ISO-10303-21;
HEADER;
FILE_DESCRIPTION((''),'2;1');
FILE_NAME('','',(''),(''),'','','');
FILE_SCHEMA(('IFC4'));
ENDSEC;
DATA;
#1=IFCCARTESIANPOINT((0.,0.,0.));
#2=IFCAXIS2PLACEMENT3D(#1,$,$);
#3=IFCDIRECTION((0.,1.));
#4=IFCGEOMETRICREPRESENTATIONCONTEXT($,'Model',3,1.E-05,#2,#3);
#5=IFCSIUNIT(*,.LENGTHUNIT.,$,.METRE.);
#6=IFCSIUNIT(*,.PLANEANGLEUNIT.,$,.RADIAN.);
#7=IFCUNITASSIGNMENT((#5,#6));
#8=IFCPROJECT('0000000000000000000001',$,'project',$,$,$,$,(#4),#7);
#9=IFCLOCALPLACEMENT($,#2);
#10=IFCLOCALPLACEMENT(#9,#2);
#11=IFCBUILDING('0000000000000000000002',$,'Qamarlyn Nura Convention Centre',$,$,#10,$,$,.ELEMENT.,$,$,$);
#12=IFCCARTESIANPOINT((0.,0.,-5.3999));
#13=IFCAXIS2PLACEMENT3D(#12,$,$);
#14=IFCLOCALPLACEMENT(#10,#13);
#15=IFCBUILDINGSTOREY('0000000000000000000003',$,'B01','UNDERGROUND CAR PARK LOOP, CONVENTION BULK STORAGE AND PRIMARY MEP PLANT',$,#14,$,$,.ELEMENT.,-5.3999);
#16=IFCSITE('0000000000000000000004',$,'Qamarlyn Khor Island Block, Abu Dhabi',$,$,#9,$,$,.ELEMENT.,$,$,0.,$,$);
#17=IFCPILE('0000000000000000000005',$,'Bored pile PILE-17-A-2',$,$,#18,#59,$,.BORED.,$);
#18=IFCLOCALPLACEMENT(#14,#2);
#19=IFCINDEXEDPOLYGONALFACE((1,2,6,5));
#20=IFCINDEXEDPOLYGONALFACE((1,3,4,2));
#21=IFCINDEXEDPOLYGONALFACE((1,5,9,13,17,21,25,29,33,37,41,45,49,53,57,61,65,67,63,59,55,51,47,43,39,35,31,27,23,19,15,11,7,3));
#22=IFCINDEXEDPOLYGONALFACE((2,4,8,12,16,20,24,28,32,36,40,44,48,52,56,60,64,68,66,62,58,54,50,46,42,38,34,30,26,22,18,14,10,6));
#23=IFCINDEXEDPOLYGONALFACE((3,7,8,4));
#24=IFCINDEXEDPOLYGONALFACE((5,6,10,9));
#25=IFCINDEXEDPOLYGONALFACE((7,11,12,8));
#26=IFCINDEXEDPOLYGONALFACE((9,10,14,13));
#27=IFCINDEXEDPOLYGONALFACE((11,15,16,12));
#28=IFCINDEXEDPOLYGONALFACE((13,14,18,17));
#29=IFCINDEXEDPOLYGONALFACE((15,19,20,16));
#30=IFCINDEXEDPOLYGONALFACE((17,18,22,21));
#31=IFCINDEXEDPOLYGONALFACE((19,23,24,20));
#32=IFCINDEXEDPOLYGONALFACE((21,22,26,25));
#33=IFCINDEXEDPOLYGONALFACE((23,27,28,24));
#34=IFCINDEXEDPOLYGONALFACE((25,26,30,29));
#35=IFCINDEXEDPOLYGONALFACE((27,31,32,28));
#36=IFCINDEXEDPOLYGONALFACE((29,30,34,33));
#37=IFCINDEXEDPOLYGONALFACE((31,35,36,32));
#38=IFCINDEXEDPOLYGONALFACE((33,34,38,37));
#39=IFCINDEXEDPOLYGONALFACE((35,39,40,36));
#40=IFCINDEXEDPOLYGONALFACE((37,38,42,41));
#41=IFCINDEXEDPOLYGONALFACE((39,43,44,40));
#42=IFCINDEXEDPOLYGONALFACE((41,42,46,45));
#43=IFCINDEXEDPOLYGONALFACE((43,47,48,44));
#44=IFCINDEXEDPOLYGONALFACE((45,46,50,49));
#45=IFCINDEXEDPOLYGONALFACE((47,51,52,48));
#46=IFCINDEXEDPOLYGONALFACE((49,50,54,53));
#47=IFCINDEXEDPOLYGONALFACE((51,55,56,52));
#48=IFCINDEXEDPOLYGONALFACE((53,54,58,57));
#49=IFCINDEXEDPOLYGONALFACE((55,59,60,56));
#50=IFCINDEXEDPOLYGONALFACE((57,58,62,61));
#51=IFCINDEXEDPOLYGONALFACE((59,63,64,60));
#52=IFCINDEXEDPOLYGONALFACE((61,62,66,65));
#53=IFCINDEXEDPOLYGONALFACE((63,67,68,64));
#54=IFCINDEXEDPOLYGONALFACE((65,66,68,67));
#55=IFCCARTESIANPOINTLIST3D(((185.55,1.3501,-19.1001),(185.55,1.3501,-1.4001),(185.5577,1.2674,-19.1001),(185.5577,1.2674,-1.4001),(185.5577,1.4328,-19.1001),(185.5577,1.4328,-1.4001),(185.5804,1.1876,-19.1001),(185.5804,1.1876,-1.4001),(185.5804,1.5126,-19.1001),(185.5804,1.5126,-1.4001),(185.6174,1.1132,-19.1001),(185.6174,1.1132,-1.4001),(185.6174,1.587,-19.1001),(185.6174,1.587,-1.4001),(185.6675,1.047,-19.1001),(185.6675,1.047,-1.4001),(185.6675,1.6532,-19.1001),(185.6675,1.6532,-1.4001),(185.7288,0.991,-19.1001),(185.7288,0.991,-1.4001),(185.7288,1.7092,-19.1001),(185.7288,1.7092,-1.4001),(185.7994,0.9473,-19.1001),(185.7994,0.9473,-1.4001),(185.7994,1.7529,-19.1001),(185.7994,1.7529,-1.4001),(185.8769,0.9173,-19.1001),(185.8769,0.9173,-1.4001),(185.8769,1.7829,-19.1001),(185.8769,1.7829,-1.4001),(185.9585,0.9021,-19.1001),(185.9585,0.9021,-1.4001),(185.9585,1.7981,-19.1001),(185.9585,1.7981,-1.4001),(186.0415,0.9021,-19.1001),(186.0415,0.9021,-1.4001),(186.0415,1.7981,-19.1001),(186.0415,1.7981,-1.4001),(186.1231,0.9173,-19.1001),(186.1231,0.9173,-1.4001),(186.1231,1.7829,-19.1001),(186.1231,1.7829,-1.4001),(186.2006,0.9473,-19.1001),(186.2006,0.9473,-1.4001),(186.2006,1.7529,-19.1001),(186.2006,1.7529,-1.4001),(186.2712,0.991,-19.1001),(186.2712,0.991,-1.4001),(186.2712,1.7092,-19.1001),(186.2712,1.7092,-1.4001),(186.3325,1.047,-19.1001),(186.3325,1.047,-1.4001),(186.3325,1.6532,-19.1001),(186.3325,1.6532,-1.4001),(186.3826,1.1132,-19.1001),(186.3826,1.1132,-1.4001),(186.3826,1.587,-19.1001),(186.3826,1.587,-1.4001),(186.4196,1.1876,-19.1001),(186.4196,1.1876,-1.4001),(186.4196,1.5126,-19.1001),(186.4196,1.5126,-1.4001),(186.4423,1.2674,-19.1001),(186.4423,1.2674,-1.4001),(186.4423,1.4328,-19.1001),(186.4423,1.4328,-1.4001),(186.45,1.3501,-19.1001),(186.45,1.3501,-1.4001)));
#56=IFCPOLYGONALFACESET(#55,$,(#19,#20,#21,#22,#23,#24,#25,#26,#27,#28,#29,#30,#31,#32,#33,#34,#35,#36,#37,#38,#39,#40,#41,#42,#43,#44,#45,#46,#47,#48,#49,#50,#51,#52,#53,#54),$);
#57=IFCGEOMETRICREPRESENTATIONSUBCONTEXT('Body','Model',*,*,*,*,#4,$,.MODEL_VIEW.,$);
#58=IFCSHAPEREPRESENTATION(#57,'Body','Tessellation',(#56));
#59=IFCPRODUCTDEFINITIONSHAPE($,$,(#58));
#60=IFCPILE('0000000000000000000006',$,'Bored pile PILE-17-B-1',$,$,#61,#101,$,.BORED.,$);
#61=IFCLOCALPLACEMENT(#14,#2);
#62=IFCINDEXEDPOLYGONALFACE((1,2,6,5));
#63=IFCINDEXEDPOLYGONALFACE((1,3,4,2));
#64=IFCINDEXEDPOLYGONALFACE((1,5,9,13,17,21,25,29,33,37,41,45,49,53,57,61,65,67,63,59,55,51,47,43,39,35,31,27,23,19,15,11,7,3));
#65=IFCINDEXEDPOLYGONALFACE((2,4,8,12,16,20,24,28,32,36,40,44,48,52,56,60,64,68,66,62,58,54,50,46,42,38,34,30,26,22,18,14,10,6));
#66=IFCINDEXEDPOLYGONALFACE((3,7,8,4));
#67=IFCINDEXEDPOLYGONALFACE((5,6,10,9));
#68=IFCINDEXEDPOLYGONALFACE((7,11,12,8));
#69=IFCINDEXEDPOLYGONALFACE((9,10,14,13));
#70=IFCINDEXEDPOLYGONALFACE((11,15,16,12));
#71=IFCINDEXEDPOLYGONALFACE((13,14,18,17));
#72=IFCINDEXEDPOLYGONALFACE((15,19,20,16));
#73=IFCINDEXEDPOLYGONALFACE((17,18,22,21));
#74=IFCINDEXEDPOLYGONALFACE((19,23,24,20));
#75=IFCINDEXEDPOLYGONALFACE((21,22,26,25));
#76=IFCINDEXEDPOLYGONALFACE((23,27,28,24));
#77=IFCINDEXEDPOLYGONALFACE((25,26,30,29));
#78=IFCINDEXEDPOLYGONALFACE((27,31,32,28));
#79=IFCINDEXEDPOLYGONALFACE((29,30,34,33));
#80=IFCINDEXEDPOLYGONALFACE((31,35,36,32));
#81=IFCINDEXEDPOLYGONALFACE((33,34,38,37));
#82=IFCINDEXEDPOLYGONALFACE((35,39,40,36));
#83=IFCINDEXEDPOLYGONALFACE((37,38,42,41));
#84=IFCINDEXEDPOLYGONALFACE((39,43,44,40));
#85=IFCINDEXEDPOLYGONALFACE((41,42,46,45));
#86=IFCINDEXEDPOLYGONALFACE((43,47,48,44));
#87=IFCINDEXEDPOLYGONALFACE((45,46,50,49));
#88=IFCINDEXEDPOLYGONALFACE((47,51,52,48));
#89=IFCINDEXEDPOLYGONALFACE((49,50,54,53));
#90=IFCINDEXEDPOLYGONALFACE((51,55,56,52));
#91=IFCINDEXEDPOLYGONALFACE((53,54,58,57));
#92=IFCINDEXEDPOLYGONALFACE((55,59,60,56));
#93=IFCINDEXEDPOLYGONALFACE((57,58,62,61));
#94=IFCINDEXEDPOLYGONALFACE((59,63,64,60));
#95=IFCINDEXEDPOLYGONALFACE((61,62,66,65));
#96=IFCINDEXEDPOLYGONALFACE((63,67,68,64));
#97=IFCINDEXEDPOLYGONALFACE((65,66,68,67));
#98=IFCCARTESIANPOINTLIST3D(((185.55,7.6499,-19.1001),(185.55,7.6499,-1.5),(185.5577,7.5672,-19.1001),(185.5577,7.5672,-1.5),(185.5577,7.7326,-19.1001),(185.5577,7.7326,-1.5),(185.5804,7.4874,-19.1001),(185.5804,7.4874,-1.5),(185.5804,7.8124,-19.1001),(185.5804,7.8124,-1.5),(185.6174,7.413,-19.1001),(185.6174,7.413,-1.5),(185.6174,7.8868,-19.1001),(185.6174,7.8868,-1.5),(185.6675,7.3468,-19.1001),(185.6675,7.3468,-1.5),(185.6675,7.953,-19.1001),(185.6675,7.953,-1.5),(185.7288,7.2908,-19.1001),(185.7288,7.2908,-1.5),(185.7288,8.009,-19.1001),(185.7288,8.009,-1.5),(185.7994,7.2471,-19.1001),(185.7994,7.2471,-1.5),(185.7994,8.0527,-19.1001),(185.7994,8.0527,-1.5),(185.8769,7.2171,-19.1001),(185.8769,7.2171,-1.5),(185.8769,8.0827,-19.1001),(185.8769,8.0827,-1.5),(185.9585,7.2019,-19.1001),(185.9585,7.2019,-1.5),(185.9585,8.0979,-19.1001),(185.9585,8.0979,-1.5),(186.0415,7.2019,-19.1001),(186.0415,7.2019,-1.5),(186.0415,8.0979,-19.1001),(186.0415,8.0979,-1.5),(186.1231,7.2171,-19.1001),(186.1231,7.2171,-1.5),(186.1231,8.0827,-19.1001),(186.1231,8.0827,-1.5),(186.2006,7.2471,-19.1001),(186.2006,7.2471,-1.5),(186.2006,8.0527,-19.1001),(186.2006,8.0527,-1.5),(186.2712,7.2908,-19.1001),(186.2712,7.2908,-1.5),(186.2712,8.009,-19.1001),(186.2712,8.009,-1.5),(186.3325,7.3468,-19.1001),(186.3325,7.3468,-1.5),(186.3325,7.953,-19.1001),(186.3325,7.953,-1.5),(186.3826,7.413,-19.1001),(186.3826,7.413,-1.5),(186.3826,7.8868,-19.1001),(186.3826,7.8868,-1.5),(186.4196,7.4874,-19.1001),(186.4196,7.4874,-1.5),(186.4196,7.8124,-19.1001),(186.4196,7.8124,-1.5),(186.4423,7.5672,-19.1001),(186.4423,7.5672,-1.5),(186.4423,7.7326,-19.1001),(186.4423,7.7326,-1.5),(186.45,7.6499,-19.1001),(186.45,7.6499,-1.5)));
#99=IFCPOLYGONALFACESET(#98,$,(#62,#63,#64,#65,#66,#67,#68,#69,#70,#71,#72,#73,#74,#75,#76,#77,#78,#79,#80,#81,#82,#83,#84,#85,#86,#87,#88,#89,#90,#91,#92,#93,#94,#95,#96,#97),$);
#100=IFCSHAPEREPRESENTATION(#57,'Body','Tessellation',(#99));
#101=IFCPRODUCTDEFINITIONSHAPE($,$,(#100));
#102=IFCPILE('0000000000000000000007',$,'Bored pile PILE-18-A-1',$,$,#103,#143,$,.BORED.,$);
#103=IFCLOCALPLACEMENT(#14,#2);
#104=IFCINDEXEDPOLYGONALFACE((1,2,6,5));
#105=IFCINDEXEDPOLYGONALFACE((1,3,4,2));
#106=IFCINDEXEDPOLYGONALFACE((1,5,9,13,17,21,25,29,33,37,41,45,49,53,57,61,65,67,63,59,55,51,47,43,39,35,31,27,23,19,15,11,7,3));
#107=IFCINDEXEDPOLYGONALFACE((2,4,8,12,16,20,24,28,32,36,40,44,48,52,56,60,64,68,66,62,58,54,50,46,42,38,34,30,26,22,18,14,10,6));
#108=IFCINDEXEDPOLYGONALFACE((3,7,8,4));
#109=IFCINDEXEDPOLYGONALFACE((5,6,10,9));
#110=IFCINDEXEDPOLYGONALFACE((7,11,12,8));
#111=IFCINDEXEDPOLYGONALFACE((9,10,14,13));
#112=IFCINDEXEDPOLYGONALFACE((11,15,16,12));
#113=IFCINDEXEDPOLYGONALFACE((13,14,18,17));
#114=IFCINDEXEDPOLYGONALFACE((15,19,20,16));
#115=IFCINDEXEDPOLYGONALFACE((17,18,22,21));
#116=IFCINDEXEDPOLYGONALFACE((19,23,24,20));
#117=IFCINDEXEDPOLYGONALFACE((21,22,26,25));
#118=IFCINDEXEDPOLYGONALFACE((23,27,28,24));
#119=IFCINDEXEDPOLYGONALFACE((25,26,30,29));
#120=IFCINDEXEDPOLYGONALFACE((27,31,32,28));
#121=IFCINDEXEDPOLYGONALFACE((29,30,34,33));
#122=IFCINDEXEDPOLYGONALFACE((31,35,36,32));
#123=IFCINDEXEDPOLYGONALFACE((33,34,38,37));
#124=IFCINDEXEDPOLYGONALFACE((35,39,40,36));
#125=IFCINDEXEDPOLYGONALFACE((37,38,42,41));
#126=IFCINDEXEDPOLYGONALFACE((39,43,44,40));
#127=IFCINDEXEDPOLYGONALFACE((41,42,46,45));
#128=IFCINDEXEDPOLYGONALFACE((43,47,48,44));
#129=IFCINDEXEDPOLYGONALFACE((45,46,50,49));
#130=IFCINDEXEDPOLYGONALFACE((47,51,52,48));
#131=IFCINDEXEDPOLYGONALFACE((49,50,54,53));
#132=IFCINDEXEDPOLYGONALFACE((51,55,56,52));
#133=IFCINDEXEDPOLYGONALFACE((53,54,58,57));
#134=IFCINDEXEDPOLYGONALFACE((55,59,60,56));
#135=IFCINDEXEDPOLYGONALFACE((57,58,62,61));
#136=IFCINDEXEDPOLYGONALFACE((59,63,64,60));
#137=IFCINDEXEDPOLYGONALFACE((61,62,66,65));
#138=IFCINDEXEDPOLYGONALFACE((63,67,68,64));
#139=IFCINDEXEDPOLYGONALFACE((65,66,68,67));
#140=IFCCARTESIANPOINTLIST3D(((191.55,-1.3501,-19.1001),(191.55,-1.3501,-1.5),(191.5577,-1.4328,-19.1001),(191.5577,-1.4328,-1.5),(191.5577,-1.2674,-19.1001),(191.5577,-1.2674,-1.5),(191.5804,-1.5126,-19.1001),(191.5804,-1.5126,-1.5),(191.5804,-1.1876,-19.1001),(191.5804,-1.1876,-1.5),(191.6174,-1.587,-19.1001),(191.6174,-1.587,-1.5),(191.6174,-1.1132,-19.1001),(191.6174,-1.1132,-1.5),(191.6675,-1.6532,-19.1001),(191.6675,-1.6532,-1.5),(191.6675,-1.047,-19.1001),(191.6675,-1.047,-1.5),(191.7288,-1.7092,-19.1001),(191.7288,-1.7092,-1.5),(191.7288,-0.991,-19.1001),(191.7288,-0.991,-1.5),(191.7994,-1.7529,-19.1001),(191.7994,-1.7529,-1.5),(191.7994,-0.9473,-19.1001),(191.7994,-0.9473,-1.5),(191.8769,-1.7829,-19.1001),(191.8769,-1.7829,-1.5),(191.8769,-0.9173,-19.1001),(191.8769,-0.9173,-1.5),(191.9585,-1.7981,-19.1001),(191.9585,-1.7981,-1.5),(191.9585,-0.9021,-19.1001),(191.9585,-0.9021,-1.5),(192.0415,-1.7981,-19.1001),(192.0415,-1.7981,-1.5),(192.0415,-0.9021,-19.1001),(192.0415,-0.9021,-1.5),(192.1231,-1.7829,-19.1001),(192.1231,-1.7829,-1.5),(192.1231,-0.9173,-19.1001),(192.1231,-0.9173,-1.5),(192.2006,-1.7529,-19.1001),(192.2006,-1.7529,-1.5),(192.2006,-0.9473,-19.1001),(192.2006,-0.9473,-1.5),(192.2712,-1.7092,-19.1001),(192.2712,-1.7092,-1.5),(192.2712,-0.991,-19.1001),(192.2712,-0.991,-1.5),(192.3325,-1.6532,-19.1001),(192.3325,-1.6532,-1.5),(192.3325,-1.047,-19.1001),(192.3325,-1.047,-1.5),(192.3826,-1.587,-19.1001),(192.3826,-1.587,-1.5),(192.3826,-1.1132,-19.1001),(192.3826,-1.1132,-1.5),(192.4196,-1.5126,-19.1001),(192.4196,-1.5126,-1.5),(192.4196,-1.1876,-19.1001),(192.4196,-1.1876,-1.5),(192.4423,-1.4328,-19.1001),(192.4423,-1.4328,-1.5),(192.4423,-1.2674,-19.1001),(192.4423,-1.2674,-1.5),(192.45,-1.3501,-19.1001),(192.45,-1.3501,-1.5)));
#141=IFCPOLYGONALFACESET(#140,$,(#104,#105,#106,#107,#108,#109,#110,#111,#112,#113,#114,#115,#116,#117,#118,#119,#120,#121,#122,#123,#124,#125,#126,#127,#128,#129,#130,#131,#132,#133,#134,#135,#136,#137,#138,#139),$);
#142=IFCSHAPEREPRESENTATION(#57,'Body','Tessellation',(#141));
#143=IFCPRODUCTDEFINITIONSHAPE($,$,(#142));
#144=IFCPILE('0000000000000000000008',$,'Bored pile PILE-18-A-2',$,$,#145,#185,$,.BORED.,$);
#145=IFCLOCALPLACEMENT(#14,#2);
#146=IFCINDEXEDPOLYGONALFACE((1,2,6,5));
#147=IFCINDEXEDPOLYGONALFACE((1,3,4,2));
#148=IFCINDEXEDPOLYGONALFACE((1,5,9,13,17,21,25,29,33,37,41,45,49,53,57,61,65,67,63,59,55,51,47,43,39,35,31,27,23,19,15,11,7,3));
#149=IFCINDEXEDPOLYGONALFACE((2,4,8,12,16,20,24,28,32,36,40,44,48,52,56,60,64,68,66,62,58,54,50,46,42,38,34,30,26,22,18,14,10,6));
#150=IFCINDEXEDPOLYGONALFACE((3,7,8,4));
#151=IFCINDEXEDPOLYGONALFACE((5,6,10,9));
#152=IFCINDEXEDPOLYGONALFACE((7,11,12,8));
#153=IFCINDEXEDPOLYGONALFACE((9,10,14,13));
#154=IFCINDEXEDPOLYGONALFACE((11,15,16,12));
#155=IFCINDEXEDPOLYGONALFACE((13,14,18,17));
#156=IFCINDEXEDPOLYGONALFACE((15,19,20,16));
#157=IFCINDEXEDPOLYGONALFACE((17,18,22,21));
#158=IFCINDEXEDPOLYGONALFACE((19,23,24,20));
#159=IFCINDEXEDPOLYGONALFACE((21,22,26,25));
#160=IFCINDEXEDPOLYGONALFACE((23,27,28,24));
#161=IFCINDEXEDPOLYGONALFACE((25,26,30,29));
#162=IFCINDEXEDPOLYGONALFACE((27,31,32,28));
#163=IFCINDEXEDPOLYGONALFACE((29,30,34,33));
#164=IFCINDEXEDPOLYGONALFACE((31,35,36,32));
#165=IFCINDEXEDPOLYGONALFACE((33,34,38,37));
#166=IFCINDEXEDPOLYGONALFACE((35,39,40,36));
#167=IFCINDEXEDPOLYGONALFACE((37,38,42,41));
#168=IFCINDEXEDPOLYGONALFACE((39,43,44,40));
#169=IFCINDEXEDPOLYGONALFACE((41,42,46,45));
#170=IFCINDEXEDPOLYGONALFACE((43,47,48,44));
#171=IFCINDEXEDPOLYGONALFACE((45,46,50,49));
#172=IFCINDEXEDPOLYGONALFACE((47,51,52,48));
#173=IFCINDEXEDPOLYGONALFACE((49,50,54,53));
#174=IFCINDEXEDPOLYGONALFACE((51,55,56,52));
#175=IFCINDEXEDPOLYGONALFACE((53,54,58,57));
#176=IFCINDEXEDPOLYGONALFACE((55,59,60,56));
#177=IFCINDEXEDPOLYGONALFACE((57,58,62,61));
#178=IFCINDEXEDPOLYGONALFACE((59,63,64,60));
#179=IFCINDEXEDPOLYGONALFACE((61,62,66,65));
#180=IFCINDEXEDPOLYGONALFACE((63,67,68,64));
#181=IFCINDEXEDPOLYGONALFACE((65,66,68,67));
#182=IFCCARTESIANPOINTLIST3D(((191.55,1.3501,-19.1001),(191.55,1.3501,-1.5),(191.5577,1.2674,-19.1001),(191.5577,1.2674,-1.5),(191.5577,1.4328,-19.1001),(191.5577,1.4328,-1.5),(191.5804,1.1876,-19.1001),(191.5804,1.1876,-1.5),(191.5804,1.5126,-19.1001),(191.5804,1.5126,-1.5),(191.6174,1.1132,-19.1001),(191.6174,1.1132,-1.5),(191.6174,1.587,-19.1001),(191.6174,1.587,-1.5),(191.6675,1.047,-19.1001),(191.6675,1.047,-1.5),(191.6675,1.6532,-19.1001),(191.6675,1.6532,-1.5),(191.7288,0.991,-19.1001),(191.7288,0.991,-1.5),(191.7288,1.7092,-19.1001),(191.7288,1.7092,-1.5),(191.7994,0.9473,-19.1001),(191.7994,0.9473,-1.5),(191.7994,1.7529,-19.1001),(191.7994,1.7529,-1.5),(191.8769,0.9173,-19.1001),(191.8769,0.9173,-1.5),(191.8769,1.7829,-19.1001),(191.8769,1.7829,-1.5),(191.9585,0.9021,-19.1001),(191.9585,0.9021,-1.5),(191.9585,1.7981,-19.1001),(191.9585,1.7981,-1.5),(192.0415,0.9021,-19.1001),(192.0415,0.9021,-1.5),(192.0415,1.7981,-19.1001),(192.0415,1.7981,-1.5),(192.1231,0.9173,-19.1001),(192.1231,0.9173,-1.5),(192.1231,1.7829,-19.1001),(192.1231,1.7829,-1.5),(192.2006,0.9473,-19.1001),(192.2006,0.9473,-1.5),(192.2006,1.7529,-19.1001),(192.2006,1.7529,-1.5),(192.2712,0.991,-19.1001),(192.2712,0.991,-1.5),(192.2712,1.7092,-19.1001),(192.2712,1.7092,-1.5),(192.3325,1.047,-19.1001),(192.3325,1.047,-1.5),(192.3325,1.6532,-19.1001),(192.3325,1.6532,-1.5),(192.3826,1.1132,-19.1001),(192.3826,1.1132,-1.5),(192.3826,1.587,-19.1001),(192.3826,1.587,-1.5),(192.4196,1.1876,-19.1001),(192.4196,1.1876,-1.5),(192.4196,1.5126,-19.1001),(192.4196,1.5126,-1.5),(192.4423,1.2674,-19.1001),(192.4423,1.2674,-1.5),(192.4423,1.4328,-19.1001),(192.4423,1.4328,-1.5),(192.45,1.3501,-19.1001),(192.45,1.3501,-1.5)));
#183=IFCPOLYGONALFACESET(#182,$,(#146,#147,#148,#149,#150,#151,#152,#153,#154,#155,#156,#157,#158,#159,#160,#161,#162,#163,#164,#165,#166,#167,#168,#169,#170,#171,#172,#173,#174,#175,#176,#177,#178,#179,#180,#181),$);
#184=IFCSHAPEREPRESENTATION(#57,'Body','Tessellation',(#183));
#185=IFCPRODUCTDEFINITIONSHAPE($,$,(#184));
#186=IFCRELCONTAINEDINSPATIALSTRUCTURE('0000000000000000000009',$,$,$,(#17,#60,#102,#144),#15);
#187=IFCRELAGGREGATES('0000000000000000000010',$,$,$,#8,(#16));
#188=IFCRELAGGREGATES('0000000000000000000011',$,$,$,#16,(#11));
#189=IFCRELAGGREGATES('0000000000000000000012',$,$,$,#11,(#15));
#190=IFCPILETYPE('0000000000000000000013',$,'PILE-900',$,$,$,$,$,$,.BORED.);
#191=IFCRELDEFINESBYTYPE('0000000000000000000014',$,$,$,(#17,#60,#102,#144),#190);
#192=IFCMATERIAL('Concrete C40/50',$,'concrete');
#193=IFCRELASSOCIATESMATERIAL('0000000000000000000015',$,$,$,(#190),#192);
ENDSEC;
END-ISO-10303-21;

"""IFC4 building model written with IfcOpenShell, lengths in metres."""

from ifc_helpers import new_model, si_unit, direction, frame, origin, origin_2d, place, context, subcontext, project, spatial, circle, extrude, material, material_profile, profile_set, type_object, element, save


model = new_model("IFC4")

# Units and contexts
model_context = context("Model", 3, precision=1e-05, world=origin(), true_north=direction((0.0, 1.0)))
body_context = subcontext(model_context, "Body", "Model", "MODEL_VIEW")
ifc_project = project(units=[si_unit("LENGTHUNIT", "METRE"), si_unit("PLANEANGLEUNIT", "RADIAN")], contexts=[model_context])

# Site, building, storey
site_placement = place(None, origin())
site = spatial("IfcSite", under=ifc_project, at=site_placement, Name="Qamarlyn Khor Island Block, Abu Dhabi", CompositionType="ELEMENT", RefElevation=0.0)
building_placement = place(site_placement, origin())
building = spatial("IfcBuilding", under=site, at=building_placement, Name="Qamarlyn Nura Convention Centre", CompositionType="ELEMENT")
storey_placement = place(building_placement, frame((0.0, 0.0, -5.3999)))
storey = spatial("IfcBuildingStorey", under=building, at=storey_placement, Name="B01", Description="UNDERGROUND CAR PARK LOOP, CONVENTION BULK STORAGE AND PRIMARY MEP PLANT", CompositionType="ELEMENT", Elevation=-5.3999)

# Shared definitions
ifc_material_1 = material(Name="Concrete C40/50", Category="concrete")

# Piles
ifc_material_profile_1 = material_profile(ifc_material_1, circle(Radius=0.45, at=origin_2d()), Name="BORED PILE 900")
ifc_profile_set_1 = profile_set([ifc_material_profile_1], Name="Concrete C40/50")
pile_type = type_object("IfcPileType", Name="PILE-900", PredefinedType="BORED", material=ifc_profile_set_1)
for number, where, z_axis, x_axis, name in (
    (1, (186.0, 1.3501, -1.4001), (0.0, 0.0, -1.0), (1.0, 0.0, 0.0), "Bored pile PILE-17-A-2"),
):
    element("IfcPile", number, at=place(storey_placement, frame(where, z_axis=z_axis, x_axis=x_axis)), inside=storey, type_object=pile_type, Name=name, PredefinedType="BORED", context=body_context, shape_type="SweptSolid", body=[
        extrude(circle(Radius=0.45, at=origin_2d()), origin(), (0.0, 0.0, 1.0), 17.7),
    ])
for number, where, z_axis, x_axis, name in (
    (2, (186.0, 7.6499, -1.5), (0.0, 0.0, -1.0), (1.0, 0.0, 0.0), "Bored pile PILE-17-B-1"),
    (3, (192.0, -1.3501, -1.5), (0.0, 0.0, -1.0), (1.0, 0.0, 0.0), "Bored pile PILE-18-A-1"),
    (4, (192.0, 1.3501, -1.5), (0.0, 0.0, -1.0), (1.0, 0.0, 0.0), "Bored pile PILE-18-A-2"),
):
    element("IfcPile", number, at=place(storey_placement, frame(where, z_axis=z_axis, x_axis=x_axis)), inside=storey, type_object=pile_type, Name=name, PredefinedType="BORED", context=body_context, shape_type="SweptSolid", body=[
        extrude(circle(Radius=0.45, at=origin_2d()), origin(), (0.0, 0.0, 1.0), 17.6001),
    ])

save(model, "model.ifc")
